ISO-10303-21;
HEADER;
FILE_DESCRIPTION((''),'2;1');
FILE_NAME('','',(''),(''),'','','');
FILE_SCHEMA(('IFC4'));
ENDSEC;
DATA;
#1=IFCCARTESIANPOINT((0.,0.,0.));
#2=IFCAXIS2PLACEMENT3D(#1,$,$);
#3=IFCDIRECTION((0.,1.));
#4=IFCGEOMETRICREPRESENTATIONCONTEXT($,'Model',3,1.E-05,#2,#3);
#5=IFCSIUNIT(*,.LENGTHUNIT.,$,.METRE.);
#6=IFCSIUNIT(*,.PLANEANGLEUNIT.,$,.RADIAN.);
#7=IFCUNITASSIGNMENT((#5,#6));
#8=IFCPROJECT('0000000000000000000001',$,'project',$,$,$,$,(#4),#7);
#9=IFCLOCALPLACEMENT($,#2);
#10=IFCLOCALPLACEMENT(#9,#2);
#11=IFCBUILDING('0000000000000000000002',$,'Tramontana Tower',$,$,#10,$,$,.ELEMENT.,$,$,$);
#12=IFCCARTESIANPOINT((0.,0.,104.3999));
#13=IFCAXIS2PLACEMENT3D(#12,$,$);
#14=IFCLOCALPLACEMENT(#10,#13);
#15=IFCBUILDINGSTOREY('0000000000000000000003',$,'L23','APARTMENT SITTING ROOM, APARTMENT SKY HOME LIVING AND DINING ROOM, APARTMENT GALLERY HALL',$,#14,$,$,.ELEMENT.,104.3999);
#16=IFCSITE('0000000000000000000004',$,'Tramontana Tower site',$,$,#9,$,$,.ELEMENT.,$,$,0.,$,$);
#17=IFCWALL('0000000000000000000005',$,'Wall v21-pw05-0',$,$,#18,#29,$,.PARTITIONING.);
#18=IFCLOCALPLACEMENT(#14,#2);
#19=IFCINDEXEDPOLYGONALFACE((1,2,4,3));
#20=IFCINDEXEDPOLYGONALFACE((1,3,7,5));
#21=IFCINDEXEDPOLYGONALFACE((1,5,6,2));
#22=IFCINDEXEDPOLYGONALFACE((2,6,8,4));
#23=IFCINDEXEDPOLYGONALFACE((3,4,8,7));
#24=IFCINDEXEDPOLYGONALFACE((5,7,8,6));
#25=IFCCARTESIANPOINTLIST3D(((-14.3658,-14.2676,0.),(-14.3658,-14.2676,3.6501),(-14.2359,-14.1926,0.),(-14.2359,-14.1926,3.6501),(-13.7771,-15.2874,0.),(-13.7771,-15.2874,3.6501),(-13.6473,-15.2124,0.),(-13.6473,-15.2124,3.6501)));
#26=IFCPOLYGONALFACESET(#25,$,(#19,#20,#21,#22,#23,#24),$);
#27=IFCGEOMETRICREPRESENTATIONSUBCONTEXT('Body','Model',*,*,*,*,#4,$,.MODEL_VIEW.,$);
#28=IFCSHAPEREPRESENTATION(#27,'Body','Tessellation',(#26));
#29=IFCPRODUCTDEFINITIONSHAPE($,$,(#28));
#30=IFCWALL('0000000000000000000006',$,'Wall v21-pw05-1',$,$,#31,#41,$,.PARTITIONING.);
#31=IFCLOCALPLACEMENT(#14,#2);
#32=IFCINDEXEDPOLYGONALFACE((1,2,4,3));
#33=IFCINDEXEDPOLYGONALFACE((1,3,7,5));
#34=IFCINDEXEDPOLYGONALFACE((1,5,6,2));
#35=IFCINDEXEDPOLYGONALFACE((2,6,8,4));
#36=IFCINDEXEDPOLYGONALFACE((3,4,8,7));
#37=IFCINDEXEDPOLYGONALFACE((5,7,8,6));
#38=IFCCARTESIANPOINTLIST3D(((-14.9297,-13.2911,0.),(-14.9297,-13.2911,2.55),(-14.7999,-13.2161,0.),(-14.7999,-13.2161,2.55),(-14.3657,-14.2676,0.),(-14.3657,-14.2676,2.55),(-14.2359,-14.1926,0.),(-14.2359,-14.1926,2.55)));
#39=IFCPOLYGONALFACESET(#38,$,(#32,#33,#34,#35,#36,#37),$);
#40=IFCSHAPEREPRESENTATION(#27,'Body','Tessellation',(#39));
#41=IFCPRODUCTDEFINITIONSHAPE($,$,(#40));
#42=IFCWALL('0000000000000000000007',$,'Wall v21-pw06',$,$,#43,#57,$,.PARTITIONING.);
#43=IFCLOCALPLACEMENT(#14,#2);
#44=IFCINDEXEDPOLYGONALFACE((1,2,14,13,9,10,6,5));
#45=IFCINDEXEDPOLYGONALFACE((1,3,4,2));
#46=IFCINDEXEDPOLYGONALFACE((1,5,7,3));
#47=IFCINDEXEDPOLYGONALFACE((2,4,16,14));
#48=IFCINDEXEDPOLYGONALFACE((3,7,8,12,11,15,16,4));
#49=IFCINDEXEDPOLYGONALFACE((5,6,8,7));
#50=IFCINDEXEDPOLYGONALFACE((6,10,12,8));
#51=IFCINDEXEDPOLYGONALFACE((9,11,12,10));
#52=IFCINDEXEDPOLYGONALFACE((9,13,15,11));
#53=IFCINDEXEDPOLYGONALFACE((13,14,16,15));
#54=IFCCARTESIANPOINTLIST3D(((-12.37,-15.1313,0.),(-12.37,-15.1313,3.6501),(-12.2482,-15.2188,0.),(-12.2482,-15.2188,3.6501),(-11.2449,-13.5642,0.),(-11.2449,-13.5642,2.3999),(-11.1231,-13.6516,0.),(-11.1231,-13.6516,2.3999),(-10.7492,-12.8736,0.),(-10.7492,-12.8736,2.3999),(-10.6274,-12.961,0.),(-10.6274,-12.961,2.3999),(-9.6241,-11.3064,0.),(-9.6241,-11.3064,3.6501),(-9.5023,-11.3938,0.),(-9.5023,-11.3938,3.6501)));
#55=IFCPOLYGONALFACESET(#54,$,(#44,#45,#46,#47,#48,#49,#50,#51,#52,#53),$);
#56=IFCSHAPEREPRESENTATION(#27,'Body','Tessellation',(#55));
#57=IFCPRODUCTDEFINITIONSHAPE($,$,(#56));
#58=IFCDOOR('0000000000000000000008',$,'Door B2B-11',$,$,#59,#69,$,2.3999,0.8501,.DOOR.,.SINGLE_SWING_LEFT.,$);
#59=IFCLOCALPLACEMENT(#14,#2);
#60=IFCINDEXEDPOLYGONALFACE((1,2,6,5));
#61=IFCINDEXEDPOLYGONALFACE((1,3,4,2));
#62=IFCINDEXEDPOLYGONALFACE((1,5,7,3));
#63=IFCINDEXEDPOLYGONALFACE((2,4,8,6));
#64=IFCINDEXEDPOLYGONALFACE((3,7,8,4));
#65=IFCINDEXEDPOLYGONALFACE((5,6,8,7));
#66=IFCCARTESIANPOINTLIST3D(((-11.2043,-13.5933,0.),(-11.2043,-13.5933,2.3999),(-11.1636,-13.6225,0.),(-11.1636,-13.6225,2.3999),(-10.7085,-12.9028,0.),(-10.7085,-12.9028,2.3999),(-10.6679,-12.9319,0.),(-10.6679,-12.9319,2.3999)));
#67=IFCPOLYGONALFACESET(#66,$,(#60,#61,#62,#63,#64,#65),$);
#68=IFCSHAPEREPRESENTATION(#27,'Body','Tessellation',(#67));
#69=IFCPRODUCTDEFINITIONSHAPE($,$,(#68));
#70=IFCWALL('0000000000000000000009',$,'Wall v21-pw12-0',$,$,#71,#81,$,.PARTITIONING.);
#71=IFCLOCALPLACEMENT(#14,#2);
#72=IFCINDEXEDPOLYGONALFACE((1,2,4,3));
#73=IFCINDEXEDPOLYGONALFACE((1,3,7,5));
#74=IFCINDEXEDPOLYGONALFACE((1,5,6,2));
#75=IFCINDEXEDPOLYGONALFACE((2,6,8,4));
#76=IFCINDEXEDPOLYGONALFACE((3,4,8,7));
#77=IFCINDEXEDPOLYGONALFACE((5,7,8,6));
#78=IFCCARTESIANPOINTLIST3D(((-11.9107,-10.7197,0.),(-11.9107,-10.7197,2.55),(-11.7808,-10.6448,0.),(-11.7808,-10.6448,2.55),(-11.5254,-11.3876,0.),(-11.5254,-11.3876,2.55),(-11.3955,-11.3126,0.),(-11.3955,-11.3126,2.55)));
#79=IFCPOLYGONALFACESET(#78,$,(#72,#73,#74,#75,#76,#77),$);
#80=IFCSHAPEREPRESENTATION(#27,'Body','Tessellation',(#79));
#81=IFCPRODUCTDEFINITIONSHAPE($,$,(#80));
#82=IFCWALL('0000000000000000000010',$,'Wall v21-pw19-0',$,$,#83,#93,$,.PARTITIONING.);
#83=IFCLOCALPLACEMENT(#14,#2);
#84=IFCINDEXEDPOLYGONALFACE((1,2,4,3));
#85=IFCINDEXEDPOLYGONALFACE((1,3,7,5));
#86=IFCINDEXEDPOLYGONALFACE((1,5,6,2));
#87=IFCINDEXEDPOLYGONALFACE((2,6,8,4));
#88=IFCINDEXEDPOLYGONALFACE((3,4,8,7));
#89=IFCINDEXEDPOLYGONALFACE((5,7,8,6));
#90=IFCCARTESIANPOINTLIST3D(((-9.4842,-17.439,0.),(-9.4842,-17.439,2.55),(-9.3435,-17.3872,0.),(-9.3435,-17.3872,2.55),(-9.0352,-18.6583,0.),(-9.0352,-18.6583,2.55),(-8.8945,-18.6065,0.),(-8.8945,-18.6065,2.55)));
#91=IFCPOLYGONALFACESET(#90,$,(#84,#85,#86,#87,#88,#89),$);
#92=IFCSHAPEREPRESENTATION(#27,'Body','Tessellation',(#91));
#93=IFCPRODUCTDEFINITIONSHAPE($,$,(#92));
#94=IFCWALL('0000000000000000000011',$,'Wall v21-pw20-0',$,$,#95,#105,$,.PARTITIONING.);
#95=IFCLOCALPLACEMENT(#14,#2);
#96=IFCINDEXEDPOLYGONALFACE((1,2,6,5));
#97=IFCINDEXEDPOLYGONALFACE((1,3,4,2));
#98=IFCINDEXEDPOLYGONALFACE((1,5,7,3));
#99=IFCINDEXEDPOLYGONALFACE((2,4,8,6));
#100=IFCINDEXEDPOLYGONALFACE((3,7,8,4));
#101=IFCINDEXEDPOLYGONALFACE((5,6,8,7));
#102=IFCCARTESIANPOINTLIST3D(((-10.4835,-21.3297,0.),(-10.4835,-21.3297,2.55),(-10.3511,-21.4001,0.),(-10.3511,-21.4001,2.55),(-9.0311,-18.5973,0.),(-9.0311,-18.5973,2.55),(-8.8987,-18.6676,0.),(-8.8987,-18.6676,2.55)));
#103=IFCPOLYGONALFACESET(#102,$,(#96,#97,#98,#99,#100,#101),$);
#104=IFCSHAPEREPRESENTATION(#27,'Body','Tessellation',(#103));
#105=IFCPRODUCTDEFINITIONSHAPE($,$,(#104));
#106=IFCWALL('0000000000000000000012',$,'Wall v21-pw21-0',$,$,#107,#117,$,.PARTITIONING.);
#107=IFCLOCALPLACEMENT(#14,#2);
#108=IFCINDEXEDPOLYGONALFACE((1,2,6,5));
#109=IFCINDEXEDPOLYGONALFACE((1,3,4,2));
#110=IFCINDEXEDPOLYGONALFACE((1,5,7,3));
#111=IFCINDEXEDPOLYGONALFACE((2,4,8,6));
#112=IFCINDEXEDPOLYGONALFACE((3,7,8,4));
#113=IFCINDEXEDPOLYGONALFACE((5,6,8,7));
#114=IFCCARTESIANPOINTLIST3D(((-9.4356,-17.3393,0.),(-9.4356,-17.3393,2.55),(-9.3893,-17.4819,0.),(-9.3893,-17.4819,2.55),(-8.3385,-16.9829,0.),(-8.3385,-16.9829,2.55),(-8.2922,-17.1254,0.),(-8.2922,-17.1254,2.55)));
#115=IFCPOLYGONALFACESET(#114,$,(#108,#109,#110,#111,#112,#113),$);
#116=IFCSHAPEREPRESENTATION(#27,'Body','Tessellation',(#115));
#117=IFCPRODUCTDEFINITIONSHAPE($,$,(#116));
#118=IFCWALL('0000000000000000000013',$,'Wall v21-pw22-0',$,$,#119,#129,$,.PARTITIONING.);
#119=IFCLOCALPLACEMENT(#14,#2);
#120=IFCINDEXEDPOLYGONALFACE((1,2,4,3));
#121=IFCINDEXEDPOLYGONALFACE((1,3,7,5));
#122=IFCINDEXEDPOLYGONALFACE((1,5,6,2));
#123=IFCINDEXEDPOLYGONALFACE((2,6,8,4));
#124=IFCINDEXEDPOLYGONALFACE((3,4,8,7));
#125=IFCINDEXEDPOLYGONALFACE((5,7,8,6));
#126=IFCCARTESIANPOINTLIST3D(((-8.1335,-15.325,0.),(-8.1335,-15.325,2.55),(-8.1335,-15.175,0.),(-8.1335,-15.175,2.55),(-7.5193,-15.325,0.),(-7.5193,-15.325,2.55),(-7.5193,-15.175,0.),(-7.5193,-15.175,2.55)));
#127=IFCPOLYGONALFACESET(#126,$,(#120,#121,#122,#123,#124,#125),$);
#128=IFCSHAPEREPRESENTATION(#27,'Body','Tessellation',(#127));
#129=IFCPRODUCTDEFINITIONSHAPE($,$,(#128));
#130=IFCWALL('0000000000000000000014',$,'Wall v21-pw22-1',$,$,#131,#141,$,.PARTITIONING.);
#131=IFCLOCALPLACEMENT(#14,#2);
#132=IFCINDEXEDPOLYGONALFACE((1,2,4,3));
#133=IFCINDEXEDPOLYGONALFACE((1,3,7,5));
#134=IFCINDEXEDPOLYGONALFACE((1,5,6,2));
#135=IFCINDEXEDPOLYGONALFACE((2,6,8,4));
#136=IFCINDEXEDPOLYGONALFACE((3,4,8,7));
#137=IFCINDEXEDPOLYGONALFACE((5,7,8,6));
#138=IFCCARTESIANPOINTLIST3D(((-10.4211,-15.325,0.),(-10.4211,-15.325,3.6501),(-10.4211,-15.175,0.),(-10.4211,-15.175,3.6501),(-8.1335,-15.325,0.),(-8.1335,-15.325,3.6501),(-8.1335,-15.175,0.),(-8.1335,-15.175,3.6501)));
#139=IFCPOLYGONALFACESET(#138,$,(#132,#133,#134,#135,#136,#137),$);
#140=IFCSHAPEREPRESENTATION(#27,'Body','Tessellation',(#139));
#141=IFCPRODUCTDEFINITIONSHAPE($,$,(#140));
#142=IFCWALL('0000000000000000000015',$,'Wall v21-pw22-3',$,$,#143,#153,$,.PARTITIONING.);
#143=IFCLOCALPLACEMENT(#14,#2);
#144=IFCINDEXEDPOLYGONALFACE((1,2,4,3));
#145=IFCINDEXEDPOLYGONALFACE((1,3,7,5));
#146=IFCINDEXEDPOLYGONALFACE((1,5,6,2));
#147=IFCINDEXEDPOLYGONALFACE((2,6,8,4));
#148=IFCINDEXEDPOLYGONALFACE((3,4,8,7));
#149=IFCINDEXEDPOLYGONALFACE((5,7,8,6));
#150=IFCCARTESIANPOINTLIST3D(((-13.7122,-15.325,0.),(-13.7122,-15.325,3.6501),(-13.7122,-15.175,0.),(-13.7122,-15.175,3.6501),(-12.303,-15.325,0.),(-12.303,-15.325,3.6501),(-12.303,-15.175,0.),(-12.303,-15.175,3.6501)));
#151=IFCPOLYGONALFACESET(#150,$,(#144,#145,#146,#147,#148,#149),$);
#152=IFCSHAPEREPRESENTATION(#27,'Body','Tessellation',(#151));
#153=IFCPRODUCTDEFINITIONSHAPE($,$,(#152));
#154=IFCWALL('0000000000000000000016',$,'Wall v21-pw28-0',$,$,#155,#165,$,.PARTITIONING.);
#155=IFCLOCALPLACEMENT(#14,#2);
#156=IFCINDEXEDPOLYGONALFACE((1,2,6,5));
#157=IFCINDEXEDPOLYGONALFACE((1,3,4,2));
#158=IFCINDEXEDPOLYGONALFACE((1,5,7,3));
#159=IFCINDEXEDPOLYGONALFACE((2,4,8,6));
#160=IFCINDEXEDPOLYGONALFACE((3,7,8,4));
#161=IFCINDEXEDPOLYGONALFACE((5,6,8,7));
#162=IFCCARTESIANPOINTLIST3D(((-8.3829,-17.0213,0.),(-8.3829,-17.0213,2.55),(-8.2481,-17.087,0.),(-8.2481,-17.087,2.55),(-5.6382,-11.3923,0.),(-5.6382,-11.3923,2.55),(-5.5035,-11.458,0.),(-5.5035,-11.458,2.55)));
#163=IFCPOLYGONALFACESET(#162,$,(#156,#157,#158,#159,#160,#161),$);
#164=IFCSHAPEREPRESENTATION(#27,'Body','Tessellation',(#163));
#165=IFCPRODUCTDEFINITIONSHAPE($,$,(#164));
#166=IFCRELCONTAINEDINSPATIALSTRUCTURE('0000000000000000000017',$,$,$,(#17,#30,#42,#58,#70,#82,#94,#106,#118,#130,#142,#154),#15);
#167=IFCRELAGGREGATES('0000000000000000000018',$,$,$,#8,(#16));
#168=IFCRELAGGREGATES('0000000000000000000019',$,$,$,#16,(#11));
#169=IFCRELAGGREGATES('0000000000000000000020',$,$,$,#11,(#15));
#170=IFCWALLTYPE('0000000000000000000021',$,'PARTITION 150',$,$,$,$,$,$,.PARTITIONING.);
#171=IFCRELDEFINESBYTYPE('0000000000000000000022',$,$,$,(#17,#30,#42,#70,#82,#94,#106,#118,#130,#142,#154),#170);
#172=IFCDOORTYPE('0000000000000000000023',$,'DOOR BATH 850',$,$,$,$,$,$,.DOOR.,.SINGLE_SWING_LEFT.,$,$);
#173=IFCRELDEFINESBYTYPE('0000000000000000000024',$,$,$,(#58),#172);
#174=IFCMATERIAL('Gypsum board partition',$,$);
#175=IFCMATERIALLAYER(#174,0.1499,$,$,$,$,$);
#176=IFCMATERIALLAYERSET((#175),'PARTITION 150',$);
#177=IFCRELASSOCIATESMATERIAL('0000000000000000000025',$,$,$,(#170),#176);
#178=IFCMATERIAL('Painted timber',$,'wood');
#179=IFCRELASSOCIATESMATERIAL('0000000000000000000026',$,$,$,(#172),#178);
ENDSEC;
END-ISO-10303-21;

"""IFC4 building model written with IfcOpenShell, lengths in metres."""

from ifc_helpers import new_model, si_unit, direction, frame, frame_2d, origin, place, context, subcontext, project, spatial, rectangle, extrude, material, layer, layer_set, type_object, element, fill, save


model = new_model("IFC4")

# Units and contexts
model_context = context("Model", 3, precision=1e-05, world=origin(), true_north=direction((0.0, 1.0)))
body_context = subcontext(model_context, "Body", "Model", "MODEL_VIEW")
ifc_project = project(units=[si_unit("LENGTHUNIT", "METRE"), si_unit("PLANEANGLEUNIT", "RADIAN")], contexts=[model_context])

# Site, building, storey
site_placement = place(None, origin())
site = spatial("IfcSite", under=ifc_project, at=site_placement, Name="Tramontana Tower site", CompositionType="ELEMENT", RefElevation=0.0)
building_placement = place(site_placement, origin())
building = spatial("IfcBuilding", under=site, at=building_placement, Name="Tramontana Tower", CompositionType="ELEMENT")
storey_placement = place(building_placement, frame((0.0, 0.0, 104.3999)))
storey = spatial("IfcBuildingStorey", under=building, at=storey_placement, Name="L23", Description="APARTMENT SITTING ROOM, APARTMENT SKY HOME LIVING AND DINING ROOM, APARTMENT GALLERY HALL", CompositionType="ELEMENT", Elevation=104.3999)

# Walls
ifc_material_1 = material(Name="Gypsum board partition")
ifc_layer_1 = layer(ifc_material_1, 0.1499)
ifc_layer_set_1 = layer_set([ifc_layer_1], Name="PARTITION 150")
wall_type_1 = type_object("IfcWallType", Name="PARTITION 150", PredefinedType="PARTITIONING", material=ifc_layer_set_1)
wall_1_placement = place(storey_placement, frame((-13.7122, -15.25, 0.0), z_axis=(0.0, 0.0, 1.0), x_axis=(-0.499908, 0.866079, 0.0)))
element("IfcWall", 1, at=wall_1_placement, inside=storey, type_object=wall_type_1, Name="Wall v21-pw05-0", PredefinedType="PARTITIONING", context=body_context, shape_type="SweptSolid", body=[
    extrude(rectangle(XDim=1.1775, YDim=0.1499, at=frame_2d((0.5889, 0.0))), origin(), (0.0, 0.0, 1.0), 3.6501),
])
wall_2_placement = place(storey_placement, frame((-14.3008, -14.2302, 0.0), z_axis=(0.0, 0.0, 1.0), x_axis=(-0.500097, 0.865969, 0.0)))
element("IfcWall", 2, at=wall_2_placement, inside=storey, type_object=wall_type_1, Name="Wall v21-pw05-1", PredefinedType="PARTITIONING", context=body_context, shape_type="SweptSolid", body=[
    extrude(rectangle(XDim=1.1277, YDim=0.1499, at=frame_2d((0.564, 0.0))), origin(), (0.0, 0.0, 1.0), 2.55),
])

# Wall, opening, door
wall_3_placement = place(storey_placement, frame((-12.3091, -15.175, 0.0), z_axis=(0.0, 0.0, 1.0), x_axis=(0.583169, 0.812351, 0.0)))
wall_3 = element("IfcWall", 3, at=wall_3_placement, inside=storey, type_object=wall_type_1, Name="Wall v21-pw06", PredefinedType="PARTITIONING", context=body_context, shape_type="SweptSolid", body=[
    extrude(rectangle(XDim=4.7085, YDim=0.1499, at=frame_2d((2.3542, 0.0))), origin(), (0.0, 0.0, 1.0), 3.6501),
])
opening_1_placement = place(wall_3_placement, frame((1.9292, 0.0, 0.0)))
opening_1 = element("IfcOpeningElement", 4, at=opening_1_placement, cuts=wall_3, PredefinedType="OPENING", context=body_context, shape_type="SweptSolid", body=[
    extrude(rectangle(XDim=0.8501, YDim=2.3999, at=frame_2d((0.425, 1.2))), frame((0.0, 0.085, 0.0), z_axis=(0.0, -1.0, 0.0), x_axis=(1.0, 0.0, 0.0)), (0.0, 0.0, 1.0), 0.1699),
])
ifc_material_2 = material(Name="Painted timber", Category="wood")
door_type_1 = type_object("IfcDoorType", Name="DOOR BATH 850", OperationType="SINGLE_SWING_LEFT", PredefinedType="DOOR", material=ifc_material_2)
door_1_placement = place(opening_1_placement, origin())
door_1 = element("IfcDoor", 5, at=door_1_placement, inside=storey, type_object=door_type_1, Name="Door B2B-11", OperationType="SINGLE_SWING_LEFT", OverallHeight=2.3999, OverallWidth=0.8501, PredefinedType="DOOR", context=body_context, shape_type="SweptSolid", body=[
    extrude(rectangle(XDim=0.8501, YDim=2.3999, at=frame_2d((0.425, 1.2))), frame((0.0, 0.0249, 0.0), z_axis=(0.0, -1.0, 0.0), x_axis=(1.0, 0.0, 0.0)), (0.0, 0.0, 1.0), 0.05),
])
fill(opening_1, door_1)

# Walls
wall_4_placement = place(storey_placement, frame((-11.4604, -11.3501, 0.0), z_axis=(0.0, 0.0, 1.0), x_axis=(-0.49975, 0.86617, 0.0)))
element("IfcWall", 6, at=wall_4_placement, inside=storey, type_object=wall_type_1, Name="Wall v21-pw12-0", PredefinedType="PARTITIONING", context=body_context, shape_type="SweptSolid", body=[
    extrude(rectangle(XDim=0.771, YDim=0.1499, at=frame_2d((0.3855, 0.0))), origin(), (0.0, 0.0, 1.0), 2.55),
])
wall_5_placement = place(storey_placement, frame((-9.4138, -17.4131, 0.0), z_axis=(0.0, 0.0, 1.0), x_axis=(0.345557, -0.938398, 0.0)))
element("IfcWall", 7, at=wall_5_placement, inside=storey, type_object=wall_type_1, Name="Wall v21-pw19-0", PredefinedType="PARTITIONING", context=body_context, shape_type="SweptSolid", body=[
    extrude(rectangle(XDim=1.2993, YDim=0.1499, at=frame_2d((0.6497, 0.0))), origin(), (0.0, 0.0, 1.0), 2.55),
])
wall_6_placement = place(storey_placement, frame((-8.9648, -18.6323, 0.0), z_axis=(0.0, 0.0, 1.0), x_axis=(-0.469355, -0.883009, 0.0)))
element("IfcWall", 8, at=wall_6_placement, inside=storey, type_object=wall_type_1, Name="Wall v21-pw20-0", PredefinedType="PARTITIONING", context=body_context, shape_type="SweptSolid", body=[
    extrude(rectangle(XDim=3.0945, YDim=0.1499, at=frame_2d((1.5474, 0.0))), origin(), (0.0, 0.0, 1.0), 2.55),
])
wall_7_placement = place(storey_placement, frame((-8.3154, -17.0542, 0.0), z_axis=(0.0, 0.0, 1.0), x_axis=(-0.951068, -0.308981, 0.0)))
element("IfcWall", 9, at=wall_7_placement, inside=storey, type_object=wall_type_1, Name="Wall v21-pw21-0", PredefinedType="PARTITIONING", context=body_context, shape_type="SweptSolid", body=[
    extrude(rectangle(XDim=1.1536, YDim=0.1499, at=frame_2d((0.5767, 0.0))), origin(), (0.0, 0.0, 1.0), 2.55),
])
wall_8_placement = place(storey_placement, frame((-7.5193, -15.25, 0.0), z_axis=(0.0, 0.0, 1.0), x_axis=(-1.0, 0.0, 0.0)))
element("IfcWall", 10, at=wall_8_placement, inside=storey, type_object=wall_type_1, Name="Wall v21-pw22-0", PredefinedType="PARTITIONING", context=body_context, shape_type="SweptSolid", body=[
    extrude(rectangle(XDim=0.6143, YDim=0.1499, at=frame_2d((0.3071, 0.0))), origin(), (0.0, 0.0, 1.0), 2.55),
])
wall_9_placement = place(storey_placement, frame((-8.1335, -15.25, 0.0), z_axis=(0.0, 0.0, 1.0), x_axis=(-1.0, 0.0, 0.0)))
element("IfcWall", 11, at=wall_9_placement, inside=storey, type_object=wall_type_1, Name="Wall v21-pw22-1", PredefinedType="PARTITIONING", context=body_context, shape_type="SweptSolid", body=[
    extrude(rectangle(XDim=2.2876, YDim=0.1499, at=frame_2d((1.1438, 0.0))), origin(), (0.0, 0.0, 1.0), 3.6501),
])

# Walls
wall_10_placement = place(storey_placement, frame((-12.303, -15.25, 0.0), z_axis=(0.0, 0.0, 1.0), x_axis=(-1.0, 0.0, 0.0)))
element("IfcWall", 12, at=wall_10_placement, inside=storey, type_object=wall_type_1, Name="Wall v21-pw22-3", PredefinedType="PARTITIONING", context=body_context, shape_type="SweptSolid", body=[
    extrude(rectangle(XDim=1.4092, YDim=0.1499, at=frame_2d((0.7046, 0.0))), origin(), (0.0, 0.0, 1.0), 3.6501),
])
wall_11_placement = place(storey_placement, frame((-5.5708, -11.425, 0.0), z_axis=(0.0, 0.0, 1.0), x_axis=(-0.438272, -0.898843, 0.0)))
element("IfcWall", 13, at=wall_11_placement, inside=storey, type_object=wall_type_1, Name="Wall v21-pw28-0", PredefinedType="PARTITIONING", context=body_context, shape_type="SweptSolid", body=[
    extrude(rectangle(XDim=6.2625, YDim=0.1499, at=frame_2d((3.1313, 0.0))), origin(), (0.0, 0.0, 1.0), 2.55),
])

save(model, "model.ifc")
